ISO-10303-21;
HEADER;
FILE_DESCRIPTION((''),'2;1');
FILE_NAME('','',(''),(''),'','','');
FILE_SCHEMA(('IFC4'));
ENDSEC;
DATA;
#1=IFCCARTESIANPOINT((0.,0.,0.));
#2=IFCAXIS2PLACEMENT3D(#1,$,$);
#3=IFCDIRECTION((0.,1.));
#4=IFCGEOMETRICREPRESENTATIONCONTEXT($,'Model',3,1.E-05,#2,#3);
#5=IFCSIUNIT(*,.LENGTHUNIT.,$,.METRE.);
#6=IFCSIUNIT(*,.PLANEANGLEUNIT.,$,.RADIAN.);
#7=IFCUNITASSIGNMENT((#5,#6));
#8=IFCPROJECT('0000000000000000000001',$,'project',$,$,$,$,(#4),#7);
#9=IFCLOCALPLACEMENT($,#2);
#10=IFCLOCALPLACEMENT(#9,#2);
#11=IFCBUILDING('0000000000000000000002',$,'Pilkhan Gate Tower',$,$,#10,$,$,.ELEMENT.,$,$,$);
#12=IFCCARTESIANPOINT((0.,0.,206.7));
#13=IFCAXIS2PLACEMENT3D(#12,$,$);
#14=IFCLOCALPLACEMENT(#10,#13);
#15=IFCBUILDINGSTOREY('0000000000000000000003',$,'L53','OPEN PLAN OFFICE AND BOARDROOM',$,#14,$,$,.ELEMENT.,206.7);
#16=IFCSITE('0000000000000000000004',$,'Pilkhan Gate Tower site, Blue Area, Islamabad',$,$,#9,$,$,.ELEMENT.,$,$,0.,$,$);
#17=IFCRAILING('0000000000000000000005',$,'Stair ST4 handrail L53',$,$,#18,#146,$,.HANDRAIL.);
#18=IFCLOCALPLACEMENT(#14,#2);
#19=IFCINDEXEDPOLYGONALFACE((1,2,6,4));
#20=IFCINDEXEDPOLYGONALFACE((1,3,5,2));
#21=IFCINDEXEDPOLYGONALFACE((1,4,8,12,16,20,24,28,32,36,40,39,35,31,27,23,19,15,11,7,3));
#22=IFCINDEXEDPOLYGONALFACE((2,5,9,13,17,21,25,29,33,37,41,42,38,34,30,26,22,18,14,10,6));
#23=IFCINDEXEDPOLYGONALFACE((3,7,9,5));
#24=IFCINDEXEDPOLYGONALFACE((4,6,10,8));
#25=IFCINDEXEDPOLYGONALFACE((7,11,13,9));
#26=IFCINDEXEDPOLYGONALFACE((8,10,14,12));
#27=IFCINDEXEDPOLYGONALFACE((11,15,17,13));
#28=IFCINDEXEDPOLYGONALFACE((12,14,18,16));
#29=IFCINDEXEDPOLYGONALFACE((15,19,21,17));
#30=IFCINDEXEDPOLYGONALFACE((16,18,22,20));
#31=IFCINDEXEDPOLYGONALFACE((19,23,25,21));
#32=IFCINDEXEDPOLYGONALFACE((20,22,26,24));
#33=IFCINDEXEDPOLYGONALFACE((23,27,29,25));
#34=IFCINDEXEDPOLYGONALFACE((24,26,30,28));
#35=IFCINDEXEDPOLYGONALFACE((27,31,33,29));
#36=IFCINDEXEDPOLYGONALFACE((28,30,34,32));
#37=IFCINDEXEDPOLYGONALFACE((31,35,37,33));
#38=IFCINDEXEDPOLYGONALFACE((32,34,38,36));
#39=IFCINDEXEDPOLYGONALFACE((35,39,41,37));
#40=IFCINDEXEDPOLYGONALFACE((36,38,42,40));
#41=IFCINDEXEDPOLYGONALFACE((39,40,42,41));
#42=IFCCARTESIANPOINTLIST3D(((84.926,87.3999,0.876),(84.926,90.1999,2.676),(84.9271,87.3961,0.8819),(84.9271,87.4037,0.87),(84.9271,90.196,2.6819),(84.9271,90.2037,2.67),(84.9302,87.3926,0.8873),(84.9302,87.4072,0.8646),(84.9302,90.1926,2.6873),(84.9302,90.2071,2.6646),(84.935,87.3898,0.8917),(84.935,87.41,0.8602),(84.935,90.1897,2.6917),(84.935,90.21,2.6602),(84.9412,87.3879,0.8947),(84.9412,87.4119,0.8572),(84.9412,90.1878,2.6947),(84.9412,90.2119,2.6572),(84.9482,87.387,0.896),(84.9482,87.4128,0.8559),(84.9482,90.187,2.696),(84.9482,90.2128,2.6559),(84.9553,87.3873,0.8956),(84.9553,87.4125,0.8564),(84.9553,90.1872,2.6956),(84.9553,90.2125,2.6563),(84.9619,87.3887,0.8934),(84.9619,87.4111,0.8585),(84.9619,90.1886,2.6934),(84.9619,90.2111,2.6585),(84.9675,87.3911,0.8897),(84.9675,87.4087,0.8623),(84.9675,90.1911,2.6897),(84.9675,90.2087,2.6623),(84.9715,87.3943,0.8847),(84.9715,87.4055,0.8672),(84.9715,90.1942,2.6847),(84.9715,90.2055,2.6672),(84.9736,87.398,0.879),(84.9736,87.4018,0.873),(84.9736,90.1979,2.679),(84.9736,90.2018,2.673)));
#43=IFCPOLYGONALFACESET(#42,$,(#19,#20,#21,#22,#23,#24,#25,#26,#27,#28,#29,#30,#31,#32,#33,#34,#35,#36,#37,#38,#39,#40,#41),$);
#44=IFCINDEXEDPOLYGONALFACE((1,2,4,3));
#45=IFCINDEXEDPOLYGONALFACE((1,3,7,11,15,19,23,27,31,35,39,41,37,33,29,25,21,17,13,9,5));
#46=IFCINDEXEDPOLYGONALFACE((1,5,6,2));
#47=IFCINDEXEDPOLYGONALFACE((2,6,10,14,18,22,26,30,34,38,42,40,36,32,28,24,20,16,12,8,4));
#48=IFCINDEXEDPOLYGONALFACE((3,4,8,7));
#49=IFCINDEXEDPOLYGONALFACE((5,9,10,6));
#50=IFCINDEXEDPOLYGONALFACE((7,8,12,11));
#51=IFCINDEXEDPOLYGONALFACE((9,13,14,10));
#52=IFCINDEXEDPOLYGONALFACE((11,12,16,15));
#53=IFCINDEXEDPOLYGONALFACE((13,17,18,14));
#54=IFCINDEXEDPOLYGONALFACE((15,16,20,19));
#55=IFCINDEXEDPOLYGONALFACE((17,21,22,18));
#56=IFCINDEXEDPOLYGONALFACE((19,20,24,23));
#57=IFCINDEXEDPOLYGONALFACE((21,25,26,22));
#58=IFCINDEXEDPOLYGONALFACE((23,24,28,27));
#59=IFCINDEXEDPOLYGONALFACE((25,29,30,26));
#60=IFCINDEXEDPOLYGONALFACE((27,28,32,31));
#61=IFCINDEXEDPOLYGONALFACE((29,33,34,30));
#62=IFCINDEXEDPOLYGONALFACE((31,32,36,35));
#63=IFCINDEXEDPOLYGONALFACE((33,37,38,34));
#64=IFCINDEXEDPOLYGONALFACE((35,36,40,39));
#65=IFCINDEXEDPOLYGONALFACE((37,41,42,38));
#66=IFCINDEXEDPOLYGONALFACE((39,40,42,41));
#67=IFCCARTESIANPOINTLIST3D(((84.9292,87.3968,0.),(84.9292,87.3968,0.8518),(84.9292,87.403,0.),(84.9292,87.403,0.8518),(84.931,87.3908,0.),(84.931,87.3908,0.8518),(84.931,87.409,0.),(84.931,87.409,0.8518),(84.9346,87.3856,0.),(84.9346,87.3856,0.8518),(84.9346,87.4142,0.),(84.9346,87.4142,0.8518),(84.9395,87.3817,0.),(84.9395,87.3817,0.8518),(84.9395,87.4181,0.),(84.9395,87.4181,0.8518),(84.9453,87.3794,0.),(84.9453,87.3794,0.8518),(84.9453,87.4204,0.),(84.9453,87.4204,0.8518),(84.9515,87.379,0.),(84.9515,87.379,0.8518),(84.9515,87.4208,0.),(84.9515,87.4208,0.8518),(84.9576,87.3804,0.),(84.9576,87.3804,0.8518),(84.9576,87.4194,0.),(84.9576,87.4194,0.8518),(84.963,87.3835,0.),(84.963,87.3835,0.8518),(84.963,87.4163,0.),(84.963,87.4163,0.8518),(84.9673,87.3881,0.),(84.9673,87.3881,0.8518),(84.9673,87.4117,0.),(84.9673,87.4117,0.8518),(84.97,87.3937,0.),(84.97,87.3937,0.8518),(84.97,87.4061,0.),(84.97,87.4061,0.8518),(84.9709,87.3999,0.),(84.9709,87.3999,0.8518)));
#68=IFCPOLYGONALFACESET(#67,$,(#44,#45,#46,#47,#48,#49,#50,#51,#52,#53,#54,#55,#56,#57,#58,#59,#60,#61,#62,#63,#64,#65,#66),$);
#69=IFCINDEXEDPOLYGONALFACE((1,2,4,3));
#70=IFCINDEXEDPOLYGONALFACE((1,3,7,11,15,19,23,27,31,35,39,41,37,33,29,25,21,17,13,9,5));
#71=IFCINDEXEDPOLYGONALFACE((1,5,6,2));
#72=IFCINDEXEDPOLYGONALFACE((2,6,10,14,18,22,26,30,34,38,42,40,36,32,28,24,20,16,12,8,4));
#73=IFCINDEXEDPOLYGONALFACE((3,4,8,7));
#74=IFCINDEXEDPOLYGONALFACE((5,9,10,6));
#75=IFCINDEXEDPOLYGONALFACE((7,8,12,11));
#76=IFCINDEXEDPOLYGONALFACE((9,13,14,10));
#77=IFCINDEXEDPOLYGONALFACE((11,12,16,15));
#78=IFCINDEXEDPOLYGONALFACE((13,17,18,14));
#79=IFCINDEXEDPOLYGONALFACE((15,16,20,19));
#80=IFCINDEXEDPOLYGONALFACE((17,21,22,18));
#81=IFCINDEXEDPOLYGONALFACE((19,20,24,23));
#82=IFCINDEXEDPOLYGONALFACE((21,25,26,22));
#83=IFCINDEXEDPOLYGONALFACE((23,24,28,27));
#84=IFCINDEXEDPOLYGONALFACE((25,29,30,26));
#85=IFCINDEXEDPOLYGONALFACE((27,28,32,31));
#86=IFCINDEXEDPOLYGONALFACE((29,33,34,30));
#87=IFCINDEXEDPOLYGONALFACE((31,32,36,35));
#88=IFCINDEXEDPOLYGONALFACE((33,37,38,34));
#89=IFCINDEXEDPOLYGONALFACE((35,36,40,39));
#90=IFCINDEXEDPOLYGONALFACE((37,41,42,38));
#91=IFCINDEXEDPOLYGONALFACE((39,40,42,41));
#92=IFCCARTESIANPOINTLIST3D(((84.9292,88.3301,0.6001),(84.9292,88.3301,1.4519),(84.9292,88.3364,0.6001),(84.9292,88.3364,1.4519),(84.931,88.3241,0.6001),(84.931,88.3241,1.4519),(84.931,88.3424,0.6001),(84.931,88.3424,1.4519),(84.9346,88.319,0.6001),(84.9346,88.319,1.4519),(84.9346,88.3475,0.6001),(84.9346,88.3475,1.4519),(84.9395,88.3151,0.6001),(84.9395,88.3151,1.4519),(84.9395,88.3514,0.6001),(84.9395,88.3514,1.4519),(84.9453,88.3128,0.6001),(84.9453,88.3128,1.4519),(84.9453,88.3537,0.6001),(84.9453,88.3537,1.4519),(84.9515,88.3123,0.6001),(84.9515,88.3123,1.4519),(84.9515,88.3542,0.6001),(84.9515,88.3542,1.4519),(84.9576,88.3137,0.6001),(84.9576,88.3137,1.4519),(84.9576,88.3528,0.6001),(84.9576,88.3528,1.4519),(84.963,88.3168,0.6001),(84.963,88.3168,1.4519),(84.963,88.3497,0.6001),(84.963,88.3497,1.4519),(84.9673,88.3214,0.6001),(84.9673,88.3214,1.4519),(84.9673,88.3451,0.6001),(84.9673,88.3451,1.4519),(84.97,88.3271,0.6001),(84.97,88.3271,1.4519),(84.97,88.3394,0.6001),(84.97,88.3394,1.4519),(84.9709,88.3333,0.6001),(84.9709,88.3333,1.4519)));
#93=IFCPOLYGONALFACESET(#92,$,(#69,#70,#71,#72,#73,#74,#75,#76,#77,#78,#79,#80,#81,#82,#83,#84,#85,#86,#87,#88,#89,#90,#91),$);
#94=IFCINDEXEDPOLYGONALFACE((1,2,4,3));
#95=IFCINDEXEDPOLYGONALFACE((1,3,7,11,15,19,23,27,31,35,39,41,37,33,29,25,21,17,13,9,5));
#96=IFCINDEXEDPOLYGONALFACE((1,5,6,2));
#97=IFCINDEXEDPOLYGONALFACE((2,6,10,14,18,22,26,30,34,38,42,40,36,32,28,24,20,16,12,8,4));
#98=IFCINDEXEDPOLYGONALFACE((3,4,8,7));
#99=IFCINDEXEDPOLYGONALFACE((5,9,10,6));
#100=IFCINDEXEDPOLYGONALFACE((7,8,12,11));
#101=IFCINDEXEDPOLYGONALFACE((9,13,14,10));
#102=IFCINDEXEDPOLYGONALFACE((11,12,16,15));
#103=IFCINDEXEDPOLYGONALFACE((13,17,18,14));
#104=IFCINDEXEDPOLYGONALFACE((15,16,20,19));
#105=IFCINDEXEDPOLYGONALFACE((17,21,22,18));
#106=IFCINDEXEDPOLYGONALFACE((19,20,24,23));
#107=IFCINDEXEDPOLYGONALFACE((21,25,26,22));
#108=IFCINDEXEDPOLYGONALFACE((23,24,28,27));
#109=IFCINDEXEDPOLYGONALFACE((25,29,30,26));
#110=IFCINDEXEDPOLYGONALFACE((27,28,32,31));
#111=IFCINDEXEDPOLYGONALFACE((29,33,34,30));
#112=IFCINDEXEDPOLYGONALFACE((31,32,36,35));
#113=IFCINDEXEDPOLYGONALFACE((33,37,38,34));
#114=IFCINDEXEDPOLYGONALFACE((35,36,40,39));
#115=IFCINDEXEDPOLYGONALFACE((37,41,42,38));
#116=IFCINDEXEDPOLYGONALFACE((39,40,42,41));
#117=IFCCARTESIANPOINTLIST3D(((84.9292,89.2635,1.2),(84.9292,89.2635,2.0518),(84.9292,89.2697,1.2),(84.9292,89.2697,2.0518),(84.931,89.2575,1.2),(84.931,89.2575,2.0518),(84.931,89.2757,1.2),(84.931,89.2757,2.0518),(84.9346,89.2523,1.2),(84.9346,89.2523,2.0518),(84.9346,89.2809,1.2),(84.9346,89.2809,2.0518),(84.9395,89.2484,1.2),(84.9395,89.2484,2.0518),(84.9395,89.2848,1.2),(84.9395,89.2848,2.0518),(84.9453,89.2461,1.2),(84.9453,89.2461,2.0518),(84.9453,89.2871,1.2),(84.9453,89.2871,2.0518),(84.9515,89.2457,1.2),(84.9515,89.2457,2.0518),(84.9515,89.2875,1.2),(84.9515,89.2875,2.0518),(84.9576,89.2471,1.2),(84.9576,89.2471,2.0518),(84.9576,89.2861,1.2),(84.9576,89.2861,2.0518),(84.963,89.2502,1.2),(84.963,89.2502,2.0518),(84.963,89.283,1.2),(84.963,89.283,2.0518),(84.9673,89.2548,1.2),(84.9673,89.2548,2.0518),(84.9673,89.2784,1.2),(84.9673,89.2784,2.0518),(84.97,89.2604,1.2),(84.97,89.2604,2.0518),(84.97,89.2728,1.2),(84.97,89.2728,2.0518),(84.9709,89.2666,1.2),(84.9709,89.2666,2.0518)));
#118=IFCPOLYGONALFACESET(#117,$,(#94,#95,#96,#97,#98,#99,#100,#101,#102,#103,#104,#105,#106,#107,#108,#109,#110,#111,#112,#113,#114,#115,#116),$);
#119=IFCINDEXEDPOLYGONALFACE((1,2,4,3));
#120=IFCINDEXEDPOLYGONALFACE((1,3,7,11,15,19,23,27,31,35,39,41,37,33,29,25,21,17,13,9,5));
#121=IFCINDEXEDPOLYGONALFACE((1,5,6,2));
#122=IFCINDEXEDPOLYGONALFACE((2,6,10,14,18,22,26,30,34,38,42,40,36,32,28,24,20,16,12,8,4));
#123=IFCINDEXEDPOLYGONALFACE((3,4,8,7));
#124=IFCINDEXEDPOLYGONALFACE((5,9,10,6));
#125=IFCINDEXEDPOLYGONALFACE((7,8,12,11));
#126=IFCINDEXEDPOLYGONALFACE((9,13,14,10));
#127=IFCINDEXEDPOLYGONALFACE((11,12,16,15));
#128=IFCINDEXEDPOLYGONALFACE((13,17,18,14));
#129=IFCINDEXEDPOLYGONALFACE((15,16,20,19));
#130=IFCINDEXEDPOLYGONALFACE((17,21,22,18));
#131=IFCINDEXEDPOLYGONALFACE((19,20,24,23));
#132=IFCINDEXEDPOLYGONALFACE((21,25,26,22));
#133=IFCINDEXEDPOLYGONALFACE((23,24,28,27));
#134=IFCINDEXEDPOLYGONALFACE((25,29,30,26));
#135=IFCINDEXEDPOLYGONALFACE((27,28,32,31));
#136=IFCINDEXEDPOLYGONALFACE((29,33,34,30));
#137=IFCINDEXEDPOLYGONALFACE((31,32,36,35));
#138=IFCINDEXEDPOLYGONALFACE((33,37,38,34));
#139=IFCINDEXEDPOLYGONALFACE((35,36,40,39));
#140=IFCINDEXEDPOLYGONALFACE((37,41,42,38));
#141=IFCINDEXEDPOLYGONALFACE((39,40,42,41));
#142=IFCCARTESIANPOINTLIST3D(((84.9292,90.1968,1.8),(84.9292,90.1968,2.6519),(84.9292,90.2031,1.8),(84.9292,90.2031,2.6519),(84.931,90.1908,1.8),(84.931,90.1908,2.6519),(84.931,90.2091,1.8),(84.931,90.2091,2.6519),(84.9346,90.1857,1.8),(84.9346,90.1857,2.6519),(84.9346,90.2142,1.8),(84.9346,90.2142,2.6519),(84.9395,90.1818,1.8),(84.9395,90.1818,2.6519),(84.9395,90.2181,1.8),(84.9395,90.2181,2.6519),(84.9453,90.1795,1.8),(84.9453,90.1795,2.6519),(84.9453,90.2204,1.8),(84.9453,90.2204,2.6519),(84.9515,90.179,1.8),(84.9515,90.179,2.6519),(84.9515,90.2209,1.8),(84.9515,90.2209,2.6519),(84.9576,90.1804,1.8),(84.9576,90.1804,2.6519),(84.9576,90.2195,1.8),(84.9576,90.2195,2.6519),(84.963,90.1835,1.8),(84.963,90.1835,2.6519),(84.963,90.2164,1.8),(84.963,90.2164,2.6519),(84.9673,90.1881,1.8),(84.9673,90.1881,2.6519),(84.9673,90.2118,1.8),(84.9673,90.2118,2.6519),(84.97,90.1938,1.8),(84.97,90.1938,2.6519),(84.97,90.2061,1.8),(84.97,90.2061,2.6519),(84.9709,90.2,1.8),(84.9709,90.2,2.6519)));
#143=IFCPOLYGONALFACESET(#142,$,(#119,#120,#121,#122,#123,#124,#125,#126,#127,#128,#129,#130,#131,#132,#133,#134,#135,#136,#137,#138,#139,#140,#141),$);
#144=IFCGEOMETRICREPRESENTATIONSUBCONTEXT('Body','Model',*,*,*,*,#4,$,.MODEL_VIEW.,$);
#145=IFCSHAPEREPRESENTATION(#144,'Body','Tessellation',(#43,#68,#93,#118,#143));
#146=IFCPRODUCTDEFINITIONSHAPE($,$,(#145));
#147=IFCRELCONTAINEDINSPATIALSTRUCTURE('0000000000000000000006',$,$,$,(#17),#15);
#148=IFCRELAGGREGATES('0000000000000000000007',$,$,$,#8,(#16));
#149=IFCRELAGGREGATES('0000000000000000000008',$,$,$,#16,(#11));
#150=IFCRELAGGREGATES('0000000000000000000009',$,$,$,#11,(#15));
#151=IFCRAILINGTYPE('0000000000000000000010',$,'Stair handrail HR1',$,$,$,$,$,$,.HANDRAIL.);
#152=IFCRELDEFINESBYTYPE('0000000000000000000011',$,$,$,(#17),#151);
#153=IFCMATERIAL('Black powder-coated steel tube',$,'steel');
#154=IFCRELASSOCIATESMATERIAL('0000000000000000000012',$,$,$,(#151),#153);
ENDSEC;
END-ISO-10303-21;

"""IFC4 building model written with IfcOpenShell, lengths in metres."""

from ifc_helpers import new_model, si_unit, direction, frame, origin, origin_2d, place, context, subcontext, project, spatial, circle, extrude, material, type_object, element, save


model = new_model("IFC4")

# Units and contexts
model_context = context("Model", 3, precision=1e-05, world=origin(), true_north=direction((0.0, 1.0)))
body_context = subcontext(model_context, "Body", "Model", "MODEL_VIEW")
ifc_project = project(units=[si_unit("LENGTHUNIT", "METRE"), si_unit("PLANEANGLEUNIT", "RADIAN")], contexts=[model_context])

# Site, building, storey
site_placement = place(None, origin())
site = spatial("IfcSite", under=ifc_project, at=site_placement, Name="Pilkhan Gate Tower site, Blue Area, Islamabad", CompositionType="ELEMENT", RefElevation=0.0)
building_placement = place(site_placement, origin())
building = spatial("IfcBuilding", under=site, at=building_placement, Name="Pilkhan Gate Tower", CompositionType="ELEMENT")
storey_placement = place(building_placement, frame((0.0, 0.0, 206.7)))
storey = spatial("IfcBuildingStorey", under=building, at=storey_placement, Name="L53", Description="OPEN PLAN OFFICE AND BOARDROOM", CompositionType="ELEMENT", Elevation=206.7)

# Railing
ifc_material_1 = material(Name="Black powder-coated steel tube", Category="steel")
railing_type_1 = type_object("IfcRailingType", Name="Stair handrail HR1", PredefinedType="HANDRAIL", material=ifc_material_1)
railing_1_placement = place(storey_placement, frame((84.95, 87.3999, 0.0)))
element("IfcRailing", 1, at=railing_1_placement, inside=storey, type_object=railing_type_1, Name="Stair ST4 handrail L53", PredefinedType="HANDRAIL", context=body_context, shape_type="SweptSolid", body=[
    extrude(circle(Radius=0.0239, at=origin_2d()), frame((0.0, 0.0, 0.876), z_axis=(0.0, 0.841176, 0.540761), x_axis=(-1.0, 0.0, 0.0)), (0.0, 0.0, 1.0), 3.3286),
    extrude(circle(Radius=0.021, at=origin_2d()), origin(), (0.0, 0.0, 1.0), 0.8518),
    extrude(circle(Radius=0.021, at=origin_2d()), frame((0.0, 0.9333, 0.6001)), (0.0, 0.0, 1.0), 0.8518),
    extrude(circle(Radius=0.021, at=origin_2d()), frame((0.0, 1.8667, 1.2)), (0.0, 0.0, 1.0), 0.8518),
    extrude(circle(Radius=0.021, at=origin_2d()), frame((0.0, 2.8, 1.8)), (0.0, 0.0, 1.0), 0.8518),
])

save(model, "model.ifc")
